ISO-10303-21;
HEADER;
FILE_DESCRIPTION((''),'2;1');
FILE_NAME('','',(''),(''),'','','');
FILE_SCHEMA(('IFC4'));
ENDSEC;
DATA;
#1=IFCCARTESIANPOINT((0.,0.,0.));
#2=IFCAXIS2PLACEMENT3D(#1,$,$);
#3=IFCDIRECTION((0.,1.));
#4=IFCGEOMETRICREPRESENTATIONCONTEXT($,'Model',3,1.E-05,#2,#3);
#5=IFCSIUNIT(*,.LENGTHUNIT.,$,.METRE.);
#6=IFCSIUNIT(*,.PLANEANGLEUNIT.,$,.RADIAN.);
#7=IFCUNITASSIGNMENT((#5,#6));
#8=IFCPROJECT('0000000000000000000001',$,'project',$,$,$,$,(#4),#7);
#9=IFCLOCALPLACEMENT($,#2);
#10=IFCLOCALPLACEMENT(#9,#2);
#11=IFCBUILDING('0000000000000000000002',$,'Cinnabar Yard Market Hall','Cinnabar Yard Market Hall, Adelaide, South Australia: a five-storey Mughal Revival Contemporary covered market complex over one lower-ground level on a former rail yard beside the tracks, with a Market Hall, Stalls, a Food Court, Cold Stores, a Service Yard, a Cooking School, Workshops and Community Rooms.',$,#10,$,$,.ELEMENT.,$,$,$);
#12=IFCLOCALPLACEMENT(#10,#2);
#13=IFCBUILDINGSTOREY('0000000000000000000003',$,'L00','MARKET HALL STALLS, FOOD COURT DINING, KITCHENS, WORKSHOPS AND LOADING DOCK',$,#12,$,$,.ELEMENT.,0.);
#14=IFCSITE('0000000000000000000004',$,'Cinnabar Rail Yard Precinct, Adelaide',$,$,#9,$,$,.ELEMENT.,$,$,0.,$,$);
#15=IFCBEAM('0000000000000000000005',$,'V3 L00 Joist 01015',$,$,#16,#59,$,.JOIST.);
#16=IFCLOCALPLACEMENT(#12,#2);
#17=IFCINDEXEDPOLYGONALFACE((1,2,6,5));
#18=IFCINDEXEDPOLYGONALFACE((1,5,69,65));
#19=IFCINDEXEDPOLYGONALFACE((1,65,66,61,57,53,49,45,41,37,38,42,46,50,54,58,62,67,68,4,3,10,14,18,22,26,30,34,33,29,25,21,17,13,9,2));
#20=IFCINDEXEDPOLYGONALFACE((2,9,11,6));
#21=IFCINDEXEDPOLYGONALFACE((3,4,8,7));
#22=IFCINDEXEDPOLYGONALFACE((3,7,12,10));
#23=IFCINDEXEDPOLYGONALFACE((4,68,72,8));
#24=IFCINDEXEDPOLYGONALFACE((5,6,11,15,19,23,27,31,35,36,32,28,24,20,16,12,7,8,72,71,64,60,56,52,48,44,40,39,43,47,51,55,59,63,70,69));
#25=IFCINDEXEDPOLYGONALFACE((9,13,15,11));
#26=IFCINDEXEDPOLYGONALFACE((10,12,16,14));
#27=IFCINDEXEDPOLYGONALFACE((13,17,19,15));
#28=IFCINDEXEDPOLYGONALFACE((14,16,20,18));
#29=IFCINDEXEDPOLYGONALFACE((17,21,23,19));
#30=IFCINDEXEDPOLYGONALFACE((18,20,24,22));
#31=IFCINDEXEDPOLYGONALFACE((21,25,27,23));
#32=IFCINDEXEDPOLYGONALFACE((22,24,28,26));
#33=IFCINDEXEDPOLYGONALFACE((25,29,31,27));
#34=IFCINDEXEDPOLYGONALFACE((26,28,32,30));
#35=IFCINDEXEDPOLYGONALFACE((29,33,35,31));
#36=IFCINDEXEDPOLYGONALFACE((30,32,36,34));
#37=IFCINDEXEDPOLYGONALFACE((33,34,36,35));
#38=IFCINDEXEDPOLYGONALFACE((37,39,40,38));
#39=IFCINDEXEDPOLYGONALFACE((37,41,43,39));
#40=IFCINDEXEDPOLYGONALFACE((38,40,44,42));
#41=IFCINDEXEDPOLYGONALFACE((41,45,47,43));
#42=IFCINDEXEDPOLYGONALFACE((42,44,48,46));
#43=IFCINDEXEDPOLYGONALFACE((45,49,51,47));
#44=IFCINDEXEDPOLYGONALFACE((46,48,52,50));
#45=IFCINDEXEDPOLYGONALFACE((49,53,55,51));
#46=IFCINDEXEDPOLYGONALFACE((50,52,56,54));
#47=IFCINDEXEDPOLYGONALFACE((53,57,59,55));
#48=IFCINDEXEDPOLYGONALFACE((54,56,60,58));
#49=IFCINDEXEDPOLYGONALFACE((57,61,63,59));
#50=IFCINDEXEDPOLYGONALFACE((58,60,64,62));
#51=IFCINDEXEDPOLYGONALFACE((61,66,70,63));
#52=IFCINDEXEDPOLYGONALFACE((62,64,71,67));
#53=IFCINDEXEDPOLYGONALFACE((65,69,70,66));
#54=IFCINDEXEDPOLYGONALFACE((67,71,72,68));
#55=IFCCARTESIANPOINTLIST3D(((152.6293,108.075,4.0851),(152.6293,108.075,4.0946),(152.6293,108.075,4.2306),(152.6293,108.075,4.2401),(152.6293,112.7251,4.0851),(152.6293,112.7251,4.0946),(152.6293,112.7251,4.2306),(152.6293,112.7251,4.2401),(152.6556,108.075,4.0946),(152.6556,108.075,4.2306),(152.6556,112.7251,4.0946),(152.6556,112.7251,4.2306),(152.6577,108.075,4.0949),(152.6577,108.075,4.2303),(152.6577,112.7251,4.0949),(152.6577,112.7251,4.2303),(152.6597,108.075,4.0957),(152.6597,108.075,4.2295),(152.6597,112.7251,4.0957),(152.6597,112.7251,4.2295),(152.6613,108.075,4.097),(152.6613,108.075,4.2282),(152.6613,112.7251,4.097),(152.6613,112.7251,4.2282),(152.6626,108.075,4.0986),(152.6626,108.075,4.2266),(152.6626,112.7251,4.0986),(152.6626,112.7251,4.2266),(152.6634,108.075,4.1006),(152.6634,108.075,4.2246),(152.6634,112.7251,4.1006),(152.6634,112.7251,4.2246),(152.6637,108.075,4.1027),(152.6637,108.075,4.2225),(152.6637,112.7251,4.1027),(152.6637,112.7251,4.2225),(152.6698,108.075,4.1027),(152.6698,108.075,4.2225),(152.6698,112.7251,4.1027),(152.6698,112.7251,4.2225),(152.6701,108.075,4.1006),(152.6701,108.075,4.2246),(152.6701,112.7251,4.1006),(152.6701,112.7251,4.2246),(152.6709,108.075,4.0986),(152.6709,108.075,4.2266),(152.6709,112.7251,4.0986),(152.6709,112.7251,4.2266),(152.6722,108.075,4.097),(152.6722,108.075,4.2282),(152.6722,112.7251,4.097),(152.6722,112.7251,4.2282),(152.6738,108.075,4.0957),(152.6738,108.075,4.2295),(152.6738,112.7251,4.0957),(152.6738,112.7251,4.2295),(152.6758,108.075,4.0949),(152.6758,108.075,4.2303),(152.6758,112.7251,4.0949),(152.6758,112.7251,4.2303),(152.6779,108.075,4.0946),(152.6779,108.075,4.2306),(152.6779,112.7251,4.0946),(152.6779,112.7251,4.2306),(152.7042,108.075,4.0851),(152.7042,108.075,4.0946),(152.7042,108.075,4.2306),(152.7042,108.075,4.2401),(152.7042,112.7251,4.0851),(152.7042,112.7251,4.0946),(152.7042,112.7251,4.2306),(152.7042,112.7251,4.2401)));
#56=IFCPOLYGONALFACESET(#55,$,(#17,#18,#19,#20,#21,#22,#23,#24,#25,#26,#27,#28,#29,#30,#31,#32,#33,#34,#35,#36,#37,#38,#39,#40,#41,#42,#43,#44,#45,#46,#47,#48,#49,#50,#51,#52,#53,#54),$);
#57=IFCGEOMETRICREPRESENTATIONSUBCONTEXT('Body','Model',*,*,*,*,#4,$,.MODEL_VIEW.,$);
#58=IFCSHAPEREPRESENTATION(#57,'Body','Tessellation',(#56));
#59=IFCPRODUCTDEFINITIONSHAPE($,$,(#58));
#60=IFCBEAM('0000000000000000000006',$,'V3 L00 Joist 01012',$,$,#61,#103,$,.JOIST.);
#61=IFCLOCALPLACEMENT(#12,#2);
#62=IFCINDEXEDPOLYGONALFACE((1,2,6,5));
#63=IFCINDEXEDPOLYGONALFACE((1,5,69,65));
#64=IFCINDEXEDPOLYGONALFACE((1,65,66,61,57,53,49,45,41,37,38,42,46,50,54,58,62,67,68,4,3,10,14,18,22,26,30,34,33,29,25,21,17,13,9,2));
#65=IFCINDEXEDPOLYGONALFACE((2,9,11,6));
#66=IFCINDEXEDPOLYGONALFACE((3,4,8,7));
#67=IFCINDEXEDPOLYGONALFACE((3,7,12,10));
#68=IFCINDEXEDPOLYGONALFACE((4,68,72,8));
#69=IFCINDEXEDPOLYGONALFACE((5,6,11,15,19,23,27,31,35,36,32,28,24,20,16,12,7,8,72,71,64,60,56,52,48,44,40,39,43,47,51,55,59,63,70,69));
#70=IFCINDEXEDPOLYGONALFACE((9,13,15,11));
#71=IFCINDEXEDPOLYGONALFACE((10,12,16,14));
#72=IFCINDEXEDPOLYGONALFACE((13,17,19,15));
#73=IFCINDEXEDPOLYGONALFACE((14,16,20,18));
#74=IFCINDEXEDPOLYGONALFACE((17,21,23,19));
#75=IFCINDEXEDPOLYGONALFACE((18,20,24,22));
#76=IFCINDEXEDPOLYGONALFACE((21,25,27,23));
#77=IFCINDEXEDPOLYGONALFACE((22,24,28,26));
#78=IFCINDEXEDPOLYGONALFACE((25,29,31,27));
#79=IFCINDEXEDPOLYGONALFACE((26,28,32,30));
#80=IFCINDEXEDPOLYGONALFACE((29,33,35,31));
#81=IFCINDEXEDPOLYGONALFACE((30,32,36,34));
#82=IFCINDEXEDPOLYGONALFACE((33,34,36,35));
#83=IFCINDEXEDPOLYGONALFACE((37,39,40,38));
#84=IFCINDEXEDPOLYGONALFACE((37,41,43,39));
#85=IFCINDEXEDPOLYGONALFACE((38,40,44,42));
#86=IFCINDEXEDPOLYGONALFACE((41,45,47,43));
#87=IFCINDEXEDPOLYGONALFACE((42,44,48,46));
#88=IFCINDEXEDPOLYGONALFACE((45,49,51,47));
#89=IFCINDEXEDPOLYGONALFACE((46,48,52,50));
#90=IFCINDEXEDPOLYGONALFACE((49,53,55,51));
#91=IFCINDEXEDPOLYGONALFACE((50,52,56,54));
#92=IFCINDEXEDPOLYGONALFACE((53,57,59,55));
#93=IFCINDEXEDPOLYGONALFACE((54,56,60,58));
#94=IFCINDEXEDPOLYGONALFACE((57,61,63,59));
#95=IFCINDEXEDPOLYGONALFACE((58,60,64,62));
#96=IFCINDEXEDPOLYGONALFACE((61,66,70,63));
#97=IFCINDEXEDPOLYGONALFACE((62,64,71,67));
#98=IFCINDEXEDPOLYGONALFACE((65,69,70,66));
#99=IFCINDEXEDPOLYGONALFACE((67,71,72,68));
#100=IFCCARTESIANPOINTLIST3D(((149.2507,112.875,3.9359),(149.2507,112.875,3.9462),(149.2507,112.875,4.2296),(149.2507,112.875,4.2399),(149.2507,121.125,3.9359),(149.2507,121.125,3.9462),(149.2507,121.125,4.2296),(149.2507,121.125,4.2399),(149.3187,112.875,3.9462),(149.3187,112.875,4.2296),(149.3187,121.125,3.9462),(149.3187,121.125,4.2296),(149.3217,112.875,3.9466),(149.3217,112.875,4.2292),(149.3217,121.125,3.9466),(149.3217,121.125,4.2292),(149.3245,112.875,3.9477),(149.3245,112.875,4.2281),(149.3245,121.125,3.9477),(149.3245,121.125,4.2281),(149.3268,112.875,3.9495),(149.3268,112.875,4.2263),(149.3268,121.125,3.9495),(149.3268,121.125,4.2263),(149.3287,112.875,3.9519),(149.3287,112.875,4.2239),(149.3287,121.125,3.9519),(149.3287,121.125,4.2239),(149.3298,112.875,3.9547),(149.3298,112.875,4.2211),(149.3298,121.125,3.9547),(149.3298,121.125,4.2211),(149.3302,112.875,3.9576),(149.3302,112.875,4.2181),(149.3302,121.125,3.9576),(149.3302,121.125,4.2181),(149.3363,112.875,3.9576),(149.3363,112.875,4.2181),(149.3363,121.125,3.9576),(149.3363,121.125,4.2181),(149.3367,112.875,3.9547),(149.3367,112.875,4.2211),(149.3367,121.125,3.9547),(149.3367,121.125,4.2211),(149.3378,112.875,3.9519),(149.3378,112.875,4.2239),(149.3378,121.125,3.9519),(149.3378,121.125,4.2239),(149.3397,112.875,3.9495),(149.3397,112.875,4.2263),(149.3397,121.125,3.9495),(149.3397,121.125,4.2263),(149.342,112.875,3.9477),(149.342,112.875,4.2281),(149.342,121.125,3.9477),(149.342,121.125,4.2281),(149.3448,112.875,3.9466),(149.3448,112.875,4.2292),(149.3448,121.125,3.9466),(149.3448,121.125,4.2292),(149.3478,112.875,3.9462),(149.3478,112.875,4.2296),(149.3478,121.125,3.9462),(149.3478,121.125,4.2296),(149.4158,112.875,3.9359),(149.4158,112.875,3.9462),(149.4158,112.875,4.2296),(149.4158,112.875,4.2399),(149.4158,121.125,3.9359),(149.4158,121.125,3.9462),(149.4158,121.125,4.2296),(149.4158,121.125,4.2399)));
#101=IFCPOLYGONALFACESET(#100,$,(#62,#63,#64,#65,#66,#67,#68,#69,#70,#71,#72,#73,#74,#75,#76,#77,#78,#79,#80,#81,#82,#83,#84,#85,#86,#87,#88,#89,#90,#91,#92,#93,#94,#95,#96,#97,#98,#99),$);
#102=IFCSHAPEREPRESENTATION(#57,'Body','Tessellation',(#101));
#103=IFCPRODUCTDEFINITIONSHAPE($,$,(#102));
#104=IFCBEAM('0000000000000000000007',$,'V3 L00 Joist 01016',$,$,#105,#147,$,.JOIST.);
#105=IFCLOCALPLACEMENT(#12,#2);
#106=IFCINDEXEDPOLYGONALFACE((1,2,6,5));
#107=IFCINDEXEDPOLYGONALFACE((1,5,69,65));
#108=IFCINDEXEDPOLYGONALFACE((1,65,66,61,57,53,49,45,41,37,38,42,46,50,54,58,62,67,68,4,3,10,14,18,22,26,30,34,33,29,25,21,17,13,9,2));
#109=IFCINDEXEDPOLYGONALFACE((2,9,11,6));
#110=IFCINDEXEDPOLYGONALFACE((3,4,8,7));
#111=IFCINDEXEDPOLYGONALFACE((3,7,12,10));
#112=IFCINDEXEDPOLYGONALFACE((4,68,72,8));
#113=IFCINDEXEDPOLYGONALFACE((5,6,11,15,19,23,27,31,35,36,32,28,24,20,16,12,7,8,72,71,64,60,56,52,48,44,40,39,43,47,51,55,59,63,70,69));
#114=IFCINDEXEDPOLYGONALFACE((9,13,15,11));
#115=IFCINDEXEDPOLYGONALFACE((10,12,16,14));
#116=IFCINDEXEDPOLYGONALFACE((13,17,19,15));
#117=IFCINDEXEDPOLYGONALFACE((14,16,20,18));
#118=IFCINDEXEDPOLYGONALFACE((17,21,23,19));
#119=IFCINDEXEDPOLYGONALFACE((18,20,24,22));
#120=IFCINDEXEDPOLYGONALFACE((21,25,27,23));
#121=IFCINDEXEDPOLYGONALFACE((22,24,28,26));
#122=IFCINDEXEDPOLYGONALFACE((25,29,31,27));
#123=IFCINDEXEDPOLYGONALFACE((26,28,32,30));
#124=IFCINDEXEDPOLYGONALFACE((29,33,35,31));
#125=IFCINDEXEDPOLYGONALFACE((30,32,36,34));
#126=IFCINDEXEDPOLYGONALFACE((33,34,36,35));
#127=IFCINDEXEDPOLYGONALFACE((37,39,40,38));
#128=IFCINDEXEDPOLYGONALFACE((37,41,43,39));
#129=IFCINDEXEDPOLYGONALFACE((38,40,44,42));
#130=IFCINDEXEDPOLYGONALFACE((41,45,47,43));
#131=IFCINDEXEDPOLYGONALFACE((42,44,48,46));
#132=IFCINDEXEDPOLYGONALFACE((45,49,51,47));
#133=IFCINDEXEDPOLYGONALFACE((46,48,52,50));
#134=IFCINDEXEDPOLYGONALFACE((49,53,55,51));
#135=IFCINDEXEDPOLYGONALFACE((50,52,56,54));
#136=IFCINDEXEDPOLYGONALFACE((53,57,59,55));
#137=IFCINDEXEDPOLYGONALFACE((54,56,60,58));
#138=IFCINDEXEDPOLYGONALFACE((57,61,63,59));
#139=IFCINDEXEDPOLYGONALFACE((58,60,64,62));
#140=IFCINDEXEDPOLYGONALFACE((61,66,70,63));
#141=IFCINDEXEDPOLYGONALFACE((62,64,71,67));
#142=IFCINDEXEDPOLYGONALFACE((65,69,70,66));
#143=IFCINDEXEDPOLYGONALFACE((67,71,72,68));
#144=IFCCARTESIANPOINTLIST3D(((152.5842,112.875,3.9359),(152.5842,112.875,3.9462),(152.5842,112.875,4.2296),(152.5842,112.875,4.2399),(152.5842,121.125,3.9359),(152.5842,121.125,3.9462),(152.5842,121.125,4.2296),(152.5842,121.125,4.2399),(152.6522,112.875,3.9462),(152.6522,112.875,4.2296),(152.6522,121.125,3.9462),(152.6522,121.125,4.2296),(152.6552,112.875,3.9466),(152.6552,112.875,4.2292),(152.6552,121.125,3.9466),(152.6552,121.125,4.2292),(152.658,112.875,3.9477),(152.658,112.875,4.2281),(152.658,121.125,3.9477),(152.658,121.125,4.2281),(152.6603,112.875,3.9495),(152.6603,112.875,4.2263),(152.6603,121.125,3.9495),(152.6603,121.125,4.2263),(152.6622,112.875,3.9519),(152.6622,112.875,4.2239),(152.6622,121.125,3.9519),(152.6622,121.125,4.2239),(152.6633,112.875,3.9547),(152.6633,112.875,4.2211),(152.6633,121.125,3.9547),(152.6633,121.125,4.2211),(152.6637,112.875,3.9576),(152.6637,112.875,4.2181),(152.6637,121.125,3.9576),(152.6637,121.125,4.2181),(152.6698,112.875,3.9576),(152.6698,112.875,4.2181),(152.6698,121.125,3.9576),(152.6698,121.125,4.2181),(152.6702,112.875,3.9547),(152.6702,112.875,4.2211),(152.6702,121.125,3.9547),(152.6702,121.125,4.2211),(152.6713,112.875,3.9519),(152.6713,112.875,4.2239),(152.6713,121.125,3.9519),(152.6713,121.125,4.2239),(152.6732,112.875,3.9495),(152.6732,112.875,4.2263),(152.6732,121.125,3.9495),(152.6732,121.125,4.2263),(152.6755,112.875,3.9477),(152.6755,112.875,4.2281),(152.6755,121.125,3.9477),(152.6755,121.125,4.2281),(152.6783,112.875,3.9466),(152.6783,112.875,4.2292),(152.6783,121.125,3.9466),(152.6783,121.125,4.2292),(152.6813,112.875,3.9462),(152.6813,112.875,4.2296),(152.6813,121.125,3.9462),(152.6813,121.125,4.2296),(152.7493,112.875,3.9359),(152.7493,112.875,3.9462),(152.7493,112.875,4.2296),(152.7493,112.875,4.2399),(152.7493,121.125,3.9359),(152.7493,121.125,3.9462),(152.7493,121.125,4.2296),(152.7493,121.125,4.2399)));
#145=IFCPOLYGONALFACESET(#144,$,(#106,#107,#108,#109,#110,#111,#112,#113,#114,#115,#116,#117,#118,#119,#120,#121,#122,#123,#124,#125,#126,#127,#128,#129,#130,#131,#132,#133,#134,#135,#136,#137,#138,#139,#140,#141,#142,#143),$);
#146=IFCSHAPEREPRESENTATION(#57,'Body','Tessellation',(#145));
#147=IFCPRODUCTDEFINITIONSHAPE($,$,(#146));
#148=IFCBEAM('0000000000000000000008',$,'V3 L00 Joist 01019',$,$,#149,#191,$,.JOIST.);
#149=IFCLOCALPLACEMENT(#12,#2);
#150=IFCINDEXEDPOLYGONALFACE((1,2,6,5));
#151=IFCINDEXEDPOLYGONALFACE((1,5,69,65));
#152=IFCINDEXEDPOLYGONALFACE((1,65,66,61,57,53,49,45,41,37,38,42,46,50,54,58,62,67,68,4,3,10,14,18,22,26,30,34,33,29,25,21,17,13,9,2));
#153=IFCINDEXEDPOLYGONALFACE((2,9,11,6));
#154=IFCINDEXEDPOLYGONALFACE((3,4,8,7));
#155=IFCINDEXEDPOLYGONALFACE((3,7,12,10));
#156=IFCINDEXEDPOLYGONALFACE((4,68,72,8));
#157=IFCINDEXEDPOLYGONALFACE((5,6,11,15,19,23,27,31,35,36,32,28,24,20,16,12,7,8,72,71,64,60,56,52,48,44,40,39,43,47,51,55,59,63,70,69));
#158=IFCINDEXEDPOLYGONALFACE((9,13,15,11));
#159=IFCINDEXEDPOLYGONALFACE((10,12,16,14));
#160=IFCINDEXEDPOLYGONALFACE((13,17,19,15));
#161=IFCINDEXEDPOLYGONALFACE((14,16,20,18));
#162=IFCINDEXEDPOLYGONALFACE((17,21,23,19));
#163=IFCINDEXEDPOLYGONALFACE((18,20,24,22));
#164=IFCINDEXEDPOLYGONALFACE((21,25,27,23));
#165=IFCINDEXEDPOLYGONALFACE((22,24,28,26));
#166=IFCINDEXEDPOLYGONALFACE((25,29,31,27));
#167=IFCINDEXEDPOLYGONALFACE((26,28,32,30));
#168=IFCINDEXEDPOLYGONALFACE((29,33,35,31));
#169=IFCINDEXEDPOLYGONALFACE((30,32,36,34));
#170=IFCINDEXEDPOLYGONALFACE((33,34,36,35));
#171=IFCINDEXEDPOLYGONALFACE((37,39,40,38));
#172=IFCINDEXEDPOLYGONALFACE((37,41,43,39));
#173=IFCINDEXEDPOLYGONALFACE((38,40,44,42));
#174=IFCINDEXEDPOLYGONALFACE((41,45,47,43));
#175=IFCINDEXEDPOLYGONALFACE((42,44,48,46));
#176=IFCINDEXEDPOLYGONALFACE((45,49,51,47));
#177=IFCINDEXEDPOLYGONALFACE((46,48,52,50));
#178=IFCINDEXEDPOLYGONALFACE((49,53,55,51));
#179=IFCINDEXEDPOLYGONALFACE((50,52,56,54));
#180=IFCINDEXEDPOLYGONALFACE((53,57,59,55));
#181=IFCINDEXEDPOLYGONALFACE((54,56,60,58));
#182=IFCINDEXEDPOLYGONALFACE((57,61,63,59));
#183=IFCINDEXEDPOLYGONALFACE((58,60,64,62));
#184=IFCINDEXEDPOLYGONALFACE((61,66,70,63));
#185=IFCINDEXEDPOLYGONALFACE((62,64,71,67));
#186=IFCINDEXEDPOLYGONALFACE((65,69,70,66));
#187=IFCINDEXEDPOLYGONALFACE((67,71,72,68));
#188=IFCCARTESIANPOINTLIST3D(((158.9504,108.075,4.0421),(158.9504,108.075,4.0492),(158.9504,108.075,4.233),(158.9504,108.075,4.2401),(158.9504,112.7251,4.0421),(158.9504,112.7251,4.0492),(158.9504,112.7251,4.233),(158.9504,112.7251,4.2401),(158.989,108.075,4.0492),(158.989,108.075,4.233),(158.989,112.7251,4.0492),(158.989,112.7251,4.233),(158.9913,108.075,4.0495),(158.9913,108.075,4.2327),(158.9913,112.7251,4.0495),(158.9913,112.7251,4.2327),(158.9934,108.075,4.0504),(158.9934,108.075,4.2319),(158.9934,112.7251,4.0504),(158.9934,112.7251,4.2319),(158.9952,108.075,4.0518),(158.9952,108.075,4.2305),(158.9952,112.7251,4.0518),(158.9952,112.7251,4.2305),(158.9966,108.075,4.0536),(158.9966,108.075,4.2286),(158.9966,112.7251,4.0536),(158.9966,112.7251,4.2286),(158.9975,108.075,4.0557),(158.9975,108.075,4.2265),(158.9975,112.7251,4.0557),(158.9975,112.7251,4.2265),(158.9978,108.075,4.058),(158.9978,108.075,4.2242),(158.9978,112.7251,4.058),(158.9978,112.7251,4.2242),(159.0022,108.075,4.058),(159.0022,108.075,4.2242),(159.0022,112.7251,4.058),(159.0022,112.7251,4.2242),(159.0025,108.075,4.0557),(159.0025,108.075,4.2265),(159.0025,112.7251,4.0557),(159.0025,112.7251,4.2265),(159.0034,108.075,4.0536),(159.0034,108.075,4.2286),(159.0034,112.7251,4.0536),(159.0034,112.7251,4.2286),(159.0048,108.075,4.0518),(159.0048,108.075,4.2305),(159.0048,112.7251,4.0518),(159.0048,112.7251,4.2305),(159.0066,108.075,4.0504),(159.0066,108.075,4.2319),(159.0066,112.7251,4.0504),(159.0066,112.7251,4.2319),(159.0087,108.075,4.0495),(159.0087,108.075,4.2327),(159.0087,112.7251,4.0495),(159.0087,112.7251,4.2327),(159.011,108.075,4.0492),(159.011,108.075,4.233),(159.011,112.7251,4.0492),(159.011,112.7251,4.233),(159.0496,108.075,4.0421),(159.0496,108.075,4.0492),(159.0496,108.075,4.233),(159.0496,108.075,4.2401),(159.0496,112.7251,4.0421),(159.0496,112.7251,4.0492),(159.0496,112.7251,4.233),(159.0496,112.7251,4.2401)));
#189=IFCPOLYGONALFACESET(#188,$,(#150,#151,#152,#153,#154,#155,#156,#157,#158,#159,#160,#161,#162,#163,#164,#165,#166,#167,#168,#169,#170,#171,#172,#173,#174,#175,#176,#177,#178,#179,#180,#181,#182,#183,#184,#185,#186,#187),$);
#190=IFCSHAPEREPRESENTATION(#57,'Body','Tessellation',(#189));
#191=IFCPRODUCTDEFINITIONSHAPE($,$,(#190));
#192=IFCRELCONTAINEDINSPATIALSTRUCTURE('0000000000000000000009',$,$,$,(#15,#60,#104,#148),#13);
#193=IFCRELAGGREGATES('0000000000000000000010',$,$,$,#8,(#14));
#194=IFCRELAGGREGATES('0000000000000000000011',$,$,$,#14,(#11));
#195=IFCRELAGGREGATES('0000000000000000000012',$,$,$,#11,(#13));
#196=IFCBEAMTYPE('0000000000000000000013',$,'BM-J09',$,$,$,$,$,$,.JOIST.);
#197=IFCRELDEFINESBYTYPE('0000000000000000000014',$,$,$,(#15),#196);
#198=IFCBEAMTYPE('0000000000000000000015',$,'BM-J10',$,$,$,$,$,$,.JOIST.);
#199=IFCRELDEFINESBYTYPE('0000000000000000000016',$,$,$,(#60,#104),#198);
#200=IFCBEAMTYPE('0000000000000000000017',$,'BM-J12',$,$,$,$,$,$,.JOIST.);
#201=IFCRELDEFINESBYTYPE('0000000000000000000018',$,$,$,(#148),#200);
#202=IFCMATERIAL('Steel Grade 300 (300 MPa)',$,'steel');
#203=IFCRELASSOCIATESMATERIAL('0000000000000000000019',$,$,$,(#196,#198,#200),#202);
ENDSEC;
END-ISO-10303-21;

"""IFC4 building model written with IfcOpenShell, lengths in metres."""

from ifc_helpers import new_model, si_unit, direction, frame, origin, origin_2d_with_axis, place, context, subcontext, project, spatial, i_section, extrude, material, material_profile, profile_set, type_object, element, save


model = new_model("IFC4")

# Units and contexts
model_context = context("Model", 3, precision=1e-05, world=origin(), true_north=direction((0.0, 1.0)))
body_context = subcontext(model_context, "Body", "Model", "MODEL_VIEW")
ifc_project = project(units=[si_unit("LENGTHUNIT", "METRE"), si_unit("PLANEANGLEUNIT", "RADIAN")], contexts=[model_context])

# Site, building, storey
site_placement = place(None, origin())
site = spatial("IfcSite", under=ifc_project, at=site_placement, Name="Cinnabar Rail Yard Precinct, Adelaide", CompositionType="ELEMENT", RefElevation=0.0)
building_placement = place(site_placement, origin())
building = spatial("IfcBuilding", under=site, at=building_placement, Name="Cinnabar Yard Market Hall", Description="Cinnabar Yard Market Hall, Adelaide, South Australia: a five-storey Mughal Revival Contemporary covered market complex over one lower-ground level on a former rail yard beside the tracks, with a Market Hall, Stalls, a Food Court, Cold Stores, a Service Yard, a Cooking School, Workshops and Community Rooms.", CompositionType="ELEMENT")
storey_placement = place(building_placement, origin())
storey = spatial("IfcBuildingStorey", under=building, at=storey_placement, Name="L00", Description="MARKET HALL STALLS, FOOD COURT DINING, KITCHENS, WORKSHOPS AND LOADING DOCK", CompositionType="ELEMENT", Elevation=0.0)

# Shared definitions
ifc_material_1 = material(Name="Steel Grade 300 (300 MPa)", Category="steel")

# Beams
ifc_material_profile_1 = material_profile(ifc_material_1, i_section(OverallWidth=0.075, OverallDepth=0.155, WebThickness=0.0061, FlangeThickness=0.0095, FilletRadius=0.0081, at=origin_2d_with_axis()), Name="150UB18.0")
ifc_profile_set_1 = profile_set([ifc_material_profile_1], Name="Steel Grade 300 (300 MPa)")
beam_type_1 = type_object("IfcBeamType", Name="BM-J09", PredefinedType="JOIST", material=ifc_profile_set_1)
for number, where, z_axis, x_axis, name in (
    (1, (152.6667, 108.075, 4.1626), (0.0, 1.0, 0.0), (-1.0, 0.0, 0.0), "V3 L00 Joist 01015"),
):
    element("IfcBeam", number, at=place(storey_placement, frame(where, z_axis=z_axis, x_axis=x_axis)), inside=storey, type_object=beam_type_1, Name=name, PredefinedType="JOIST", context=body_context, shape_type="SweptSolid", body=[
        extrude(i_section(OverallWidth=0.075, OverallDepth=0.155, WebThickness=0.0061, FlangeThickness=0.0095, FilletRadius=0.0081, at=origin_2d_with_axis()), origin(), (0.0, 0.0, 1.0), 4.6501),
    ])
ifc_material_profile_2 = material_profile(ifc_material_1, i_section(OverallWidth=0.165, OverallDepth=0.304, WebThickness=0.0061, FlangeThickness=0.0103, FilletRadius=0.0115, at=origin_2d_with_axis()), Name="310UB40.4")
ifc_profile_set_2 = profile_set([ifc_material_profile_2], Name="Steel Grade 300 (300 MPa)")
beam_type_2 = type_object("IfcBeamType", Name="BM-J10", PredefinedType="JOIST", material=ifc_profile_set_2)
for number, where, z_axis, x_axis, name in (
    (2, (149.3333, 112.875, 4.0879), (0.0, 1.0, 0.0), (-1.0, 0.0, 0.0), "V3 L00 Joist 01012"),
    (3, (152.6667, 112.875, 4.0879), (0.0, 1.0, 0.0), (-1.0, 0.0, 0.0), "V3 L00 Joist 01016"),
):
    element("IfcBeam", number, at=place(storey_placement, frame(where, z_axis=z_axis, x_axis=x_axis)), inside=storey, type_object=beam_type_2, Name=name, PredefinedType="JOIST", context=body_context, shape_type="SweptSolid", body=[
        extrude(i_section(OverallWidth=0.165, OverallDepth=0.304, WebThickness=0.0061, FlangeThickness=0.0103, FilletRadius=0.0115, at=origin_2d_with_axis()), origin(), (0.0, 0.0, 1.0), 8.25),
    ])
ifc_material_profile_3 = material_profile(ifc_material_1, i_section(OverallWidth=0.0991, OverallDepth=0.198, WebThickness=0.0044, FlangeThickness=0.0071, FilletRadius=0.0088, at=origin_2d_with_axis()), Name="200UB18.2")
ifc_profile_set_3 = profile_set([ifc_material_profile_3], Name="Steel Grade 300 (300 MPa)")
beam_type_3 = type_object("IfcBeamType", Name="BM-J12", PredefinedType="JOIST", material=ifc_profile_set_3)
beam_1_placement = place(storey_placement, frame((159.0, 108.075, 4.1411), z_axis=(0.0, 1.0, 0.0), x_axis=(-1.0, 0.0, 0.0)))
element("IfcBeam", 4, at=beam_1_placement, inside=storey, type_object=beam_type_3, Name="V3 L00 Joist 01019", PredefinedType="JOIST", context=body_context, shape_type="SweptSolid", body=[
    extrude(i_section(OverallWidth=0.0991, OverallDepth=0.198, WebThickness=0.0044, FlangeThickness=0.0071, FilletRadius=0.0088, at=origin_2d_with_axis()), origin(), (0.0, 0.0, 1.0), 4.6501),
])

save(model, "model.ifc")
